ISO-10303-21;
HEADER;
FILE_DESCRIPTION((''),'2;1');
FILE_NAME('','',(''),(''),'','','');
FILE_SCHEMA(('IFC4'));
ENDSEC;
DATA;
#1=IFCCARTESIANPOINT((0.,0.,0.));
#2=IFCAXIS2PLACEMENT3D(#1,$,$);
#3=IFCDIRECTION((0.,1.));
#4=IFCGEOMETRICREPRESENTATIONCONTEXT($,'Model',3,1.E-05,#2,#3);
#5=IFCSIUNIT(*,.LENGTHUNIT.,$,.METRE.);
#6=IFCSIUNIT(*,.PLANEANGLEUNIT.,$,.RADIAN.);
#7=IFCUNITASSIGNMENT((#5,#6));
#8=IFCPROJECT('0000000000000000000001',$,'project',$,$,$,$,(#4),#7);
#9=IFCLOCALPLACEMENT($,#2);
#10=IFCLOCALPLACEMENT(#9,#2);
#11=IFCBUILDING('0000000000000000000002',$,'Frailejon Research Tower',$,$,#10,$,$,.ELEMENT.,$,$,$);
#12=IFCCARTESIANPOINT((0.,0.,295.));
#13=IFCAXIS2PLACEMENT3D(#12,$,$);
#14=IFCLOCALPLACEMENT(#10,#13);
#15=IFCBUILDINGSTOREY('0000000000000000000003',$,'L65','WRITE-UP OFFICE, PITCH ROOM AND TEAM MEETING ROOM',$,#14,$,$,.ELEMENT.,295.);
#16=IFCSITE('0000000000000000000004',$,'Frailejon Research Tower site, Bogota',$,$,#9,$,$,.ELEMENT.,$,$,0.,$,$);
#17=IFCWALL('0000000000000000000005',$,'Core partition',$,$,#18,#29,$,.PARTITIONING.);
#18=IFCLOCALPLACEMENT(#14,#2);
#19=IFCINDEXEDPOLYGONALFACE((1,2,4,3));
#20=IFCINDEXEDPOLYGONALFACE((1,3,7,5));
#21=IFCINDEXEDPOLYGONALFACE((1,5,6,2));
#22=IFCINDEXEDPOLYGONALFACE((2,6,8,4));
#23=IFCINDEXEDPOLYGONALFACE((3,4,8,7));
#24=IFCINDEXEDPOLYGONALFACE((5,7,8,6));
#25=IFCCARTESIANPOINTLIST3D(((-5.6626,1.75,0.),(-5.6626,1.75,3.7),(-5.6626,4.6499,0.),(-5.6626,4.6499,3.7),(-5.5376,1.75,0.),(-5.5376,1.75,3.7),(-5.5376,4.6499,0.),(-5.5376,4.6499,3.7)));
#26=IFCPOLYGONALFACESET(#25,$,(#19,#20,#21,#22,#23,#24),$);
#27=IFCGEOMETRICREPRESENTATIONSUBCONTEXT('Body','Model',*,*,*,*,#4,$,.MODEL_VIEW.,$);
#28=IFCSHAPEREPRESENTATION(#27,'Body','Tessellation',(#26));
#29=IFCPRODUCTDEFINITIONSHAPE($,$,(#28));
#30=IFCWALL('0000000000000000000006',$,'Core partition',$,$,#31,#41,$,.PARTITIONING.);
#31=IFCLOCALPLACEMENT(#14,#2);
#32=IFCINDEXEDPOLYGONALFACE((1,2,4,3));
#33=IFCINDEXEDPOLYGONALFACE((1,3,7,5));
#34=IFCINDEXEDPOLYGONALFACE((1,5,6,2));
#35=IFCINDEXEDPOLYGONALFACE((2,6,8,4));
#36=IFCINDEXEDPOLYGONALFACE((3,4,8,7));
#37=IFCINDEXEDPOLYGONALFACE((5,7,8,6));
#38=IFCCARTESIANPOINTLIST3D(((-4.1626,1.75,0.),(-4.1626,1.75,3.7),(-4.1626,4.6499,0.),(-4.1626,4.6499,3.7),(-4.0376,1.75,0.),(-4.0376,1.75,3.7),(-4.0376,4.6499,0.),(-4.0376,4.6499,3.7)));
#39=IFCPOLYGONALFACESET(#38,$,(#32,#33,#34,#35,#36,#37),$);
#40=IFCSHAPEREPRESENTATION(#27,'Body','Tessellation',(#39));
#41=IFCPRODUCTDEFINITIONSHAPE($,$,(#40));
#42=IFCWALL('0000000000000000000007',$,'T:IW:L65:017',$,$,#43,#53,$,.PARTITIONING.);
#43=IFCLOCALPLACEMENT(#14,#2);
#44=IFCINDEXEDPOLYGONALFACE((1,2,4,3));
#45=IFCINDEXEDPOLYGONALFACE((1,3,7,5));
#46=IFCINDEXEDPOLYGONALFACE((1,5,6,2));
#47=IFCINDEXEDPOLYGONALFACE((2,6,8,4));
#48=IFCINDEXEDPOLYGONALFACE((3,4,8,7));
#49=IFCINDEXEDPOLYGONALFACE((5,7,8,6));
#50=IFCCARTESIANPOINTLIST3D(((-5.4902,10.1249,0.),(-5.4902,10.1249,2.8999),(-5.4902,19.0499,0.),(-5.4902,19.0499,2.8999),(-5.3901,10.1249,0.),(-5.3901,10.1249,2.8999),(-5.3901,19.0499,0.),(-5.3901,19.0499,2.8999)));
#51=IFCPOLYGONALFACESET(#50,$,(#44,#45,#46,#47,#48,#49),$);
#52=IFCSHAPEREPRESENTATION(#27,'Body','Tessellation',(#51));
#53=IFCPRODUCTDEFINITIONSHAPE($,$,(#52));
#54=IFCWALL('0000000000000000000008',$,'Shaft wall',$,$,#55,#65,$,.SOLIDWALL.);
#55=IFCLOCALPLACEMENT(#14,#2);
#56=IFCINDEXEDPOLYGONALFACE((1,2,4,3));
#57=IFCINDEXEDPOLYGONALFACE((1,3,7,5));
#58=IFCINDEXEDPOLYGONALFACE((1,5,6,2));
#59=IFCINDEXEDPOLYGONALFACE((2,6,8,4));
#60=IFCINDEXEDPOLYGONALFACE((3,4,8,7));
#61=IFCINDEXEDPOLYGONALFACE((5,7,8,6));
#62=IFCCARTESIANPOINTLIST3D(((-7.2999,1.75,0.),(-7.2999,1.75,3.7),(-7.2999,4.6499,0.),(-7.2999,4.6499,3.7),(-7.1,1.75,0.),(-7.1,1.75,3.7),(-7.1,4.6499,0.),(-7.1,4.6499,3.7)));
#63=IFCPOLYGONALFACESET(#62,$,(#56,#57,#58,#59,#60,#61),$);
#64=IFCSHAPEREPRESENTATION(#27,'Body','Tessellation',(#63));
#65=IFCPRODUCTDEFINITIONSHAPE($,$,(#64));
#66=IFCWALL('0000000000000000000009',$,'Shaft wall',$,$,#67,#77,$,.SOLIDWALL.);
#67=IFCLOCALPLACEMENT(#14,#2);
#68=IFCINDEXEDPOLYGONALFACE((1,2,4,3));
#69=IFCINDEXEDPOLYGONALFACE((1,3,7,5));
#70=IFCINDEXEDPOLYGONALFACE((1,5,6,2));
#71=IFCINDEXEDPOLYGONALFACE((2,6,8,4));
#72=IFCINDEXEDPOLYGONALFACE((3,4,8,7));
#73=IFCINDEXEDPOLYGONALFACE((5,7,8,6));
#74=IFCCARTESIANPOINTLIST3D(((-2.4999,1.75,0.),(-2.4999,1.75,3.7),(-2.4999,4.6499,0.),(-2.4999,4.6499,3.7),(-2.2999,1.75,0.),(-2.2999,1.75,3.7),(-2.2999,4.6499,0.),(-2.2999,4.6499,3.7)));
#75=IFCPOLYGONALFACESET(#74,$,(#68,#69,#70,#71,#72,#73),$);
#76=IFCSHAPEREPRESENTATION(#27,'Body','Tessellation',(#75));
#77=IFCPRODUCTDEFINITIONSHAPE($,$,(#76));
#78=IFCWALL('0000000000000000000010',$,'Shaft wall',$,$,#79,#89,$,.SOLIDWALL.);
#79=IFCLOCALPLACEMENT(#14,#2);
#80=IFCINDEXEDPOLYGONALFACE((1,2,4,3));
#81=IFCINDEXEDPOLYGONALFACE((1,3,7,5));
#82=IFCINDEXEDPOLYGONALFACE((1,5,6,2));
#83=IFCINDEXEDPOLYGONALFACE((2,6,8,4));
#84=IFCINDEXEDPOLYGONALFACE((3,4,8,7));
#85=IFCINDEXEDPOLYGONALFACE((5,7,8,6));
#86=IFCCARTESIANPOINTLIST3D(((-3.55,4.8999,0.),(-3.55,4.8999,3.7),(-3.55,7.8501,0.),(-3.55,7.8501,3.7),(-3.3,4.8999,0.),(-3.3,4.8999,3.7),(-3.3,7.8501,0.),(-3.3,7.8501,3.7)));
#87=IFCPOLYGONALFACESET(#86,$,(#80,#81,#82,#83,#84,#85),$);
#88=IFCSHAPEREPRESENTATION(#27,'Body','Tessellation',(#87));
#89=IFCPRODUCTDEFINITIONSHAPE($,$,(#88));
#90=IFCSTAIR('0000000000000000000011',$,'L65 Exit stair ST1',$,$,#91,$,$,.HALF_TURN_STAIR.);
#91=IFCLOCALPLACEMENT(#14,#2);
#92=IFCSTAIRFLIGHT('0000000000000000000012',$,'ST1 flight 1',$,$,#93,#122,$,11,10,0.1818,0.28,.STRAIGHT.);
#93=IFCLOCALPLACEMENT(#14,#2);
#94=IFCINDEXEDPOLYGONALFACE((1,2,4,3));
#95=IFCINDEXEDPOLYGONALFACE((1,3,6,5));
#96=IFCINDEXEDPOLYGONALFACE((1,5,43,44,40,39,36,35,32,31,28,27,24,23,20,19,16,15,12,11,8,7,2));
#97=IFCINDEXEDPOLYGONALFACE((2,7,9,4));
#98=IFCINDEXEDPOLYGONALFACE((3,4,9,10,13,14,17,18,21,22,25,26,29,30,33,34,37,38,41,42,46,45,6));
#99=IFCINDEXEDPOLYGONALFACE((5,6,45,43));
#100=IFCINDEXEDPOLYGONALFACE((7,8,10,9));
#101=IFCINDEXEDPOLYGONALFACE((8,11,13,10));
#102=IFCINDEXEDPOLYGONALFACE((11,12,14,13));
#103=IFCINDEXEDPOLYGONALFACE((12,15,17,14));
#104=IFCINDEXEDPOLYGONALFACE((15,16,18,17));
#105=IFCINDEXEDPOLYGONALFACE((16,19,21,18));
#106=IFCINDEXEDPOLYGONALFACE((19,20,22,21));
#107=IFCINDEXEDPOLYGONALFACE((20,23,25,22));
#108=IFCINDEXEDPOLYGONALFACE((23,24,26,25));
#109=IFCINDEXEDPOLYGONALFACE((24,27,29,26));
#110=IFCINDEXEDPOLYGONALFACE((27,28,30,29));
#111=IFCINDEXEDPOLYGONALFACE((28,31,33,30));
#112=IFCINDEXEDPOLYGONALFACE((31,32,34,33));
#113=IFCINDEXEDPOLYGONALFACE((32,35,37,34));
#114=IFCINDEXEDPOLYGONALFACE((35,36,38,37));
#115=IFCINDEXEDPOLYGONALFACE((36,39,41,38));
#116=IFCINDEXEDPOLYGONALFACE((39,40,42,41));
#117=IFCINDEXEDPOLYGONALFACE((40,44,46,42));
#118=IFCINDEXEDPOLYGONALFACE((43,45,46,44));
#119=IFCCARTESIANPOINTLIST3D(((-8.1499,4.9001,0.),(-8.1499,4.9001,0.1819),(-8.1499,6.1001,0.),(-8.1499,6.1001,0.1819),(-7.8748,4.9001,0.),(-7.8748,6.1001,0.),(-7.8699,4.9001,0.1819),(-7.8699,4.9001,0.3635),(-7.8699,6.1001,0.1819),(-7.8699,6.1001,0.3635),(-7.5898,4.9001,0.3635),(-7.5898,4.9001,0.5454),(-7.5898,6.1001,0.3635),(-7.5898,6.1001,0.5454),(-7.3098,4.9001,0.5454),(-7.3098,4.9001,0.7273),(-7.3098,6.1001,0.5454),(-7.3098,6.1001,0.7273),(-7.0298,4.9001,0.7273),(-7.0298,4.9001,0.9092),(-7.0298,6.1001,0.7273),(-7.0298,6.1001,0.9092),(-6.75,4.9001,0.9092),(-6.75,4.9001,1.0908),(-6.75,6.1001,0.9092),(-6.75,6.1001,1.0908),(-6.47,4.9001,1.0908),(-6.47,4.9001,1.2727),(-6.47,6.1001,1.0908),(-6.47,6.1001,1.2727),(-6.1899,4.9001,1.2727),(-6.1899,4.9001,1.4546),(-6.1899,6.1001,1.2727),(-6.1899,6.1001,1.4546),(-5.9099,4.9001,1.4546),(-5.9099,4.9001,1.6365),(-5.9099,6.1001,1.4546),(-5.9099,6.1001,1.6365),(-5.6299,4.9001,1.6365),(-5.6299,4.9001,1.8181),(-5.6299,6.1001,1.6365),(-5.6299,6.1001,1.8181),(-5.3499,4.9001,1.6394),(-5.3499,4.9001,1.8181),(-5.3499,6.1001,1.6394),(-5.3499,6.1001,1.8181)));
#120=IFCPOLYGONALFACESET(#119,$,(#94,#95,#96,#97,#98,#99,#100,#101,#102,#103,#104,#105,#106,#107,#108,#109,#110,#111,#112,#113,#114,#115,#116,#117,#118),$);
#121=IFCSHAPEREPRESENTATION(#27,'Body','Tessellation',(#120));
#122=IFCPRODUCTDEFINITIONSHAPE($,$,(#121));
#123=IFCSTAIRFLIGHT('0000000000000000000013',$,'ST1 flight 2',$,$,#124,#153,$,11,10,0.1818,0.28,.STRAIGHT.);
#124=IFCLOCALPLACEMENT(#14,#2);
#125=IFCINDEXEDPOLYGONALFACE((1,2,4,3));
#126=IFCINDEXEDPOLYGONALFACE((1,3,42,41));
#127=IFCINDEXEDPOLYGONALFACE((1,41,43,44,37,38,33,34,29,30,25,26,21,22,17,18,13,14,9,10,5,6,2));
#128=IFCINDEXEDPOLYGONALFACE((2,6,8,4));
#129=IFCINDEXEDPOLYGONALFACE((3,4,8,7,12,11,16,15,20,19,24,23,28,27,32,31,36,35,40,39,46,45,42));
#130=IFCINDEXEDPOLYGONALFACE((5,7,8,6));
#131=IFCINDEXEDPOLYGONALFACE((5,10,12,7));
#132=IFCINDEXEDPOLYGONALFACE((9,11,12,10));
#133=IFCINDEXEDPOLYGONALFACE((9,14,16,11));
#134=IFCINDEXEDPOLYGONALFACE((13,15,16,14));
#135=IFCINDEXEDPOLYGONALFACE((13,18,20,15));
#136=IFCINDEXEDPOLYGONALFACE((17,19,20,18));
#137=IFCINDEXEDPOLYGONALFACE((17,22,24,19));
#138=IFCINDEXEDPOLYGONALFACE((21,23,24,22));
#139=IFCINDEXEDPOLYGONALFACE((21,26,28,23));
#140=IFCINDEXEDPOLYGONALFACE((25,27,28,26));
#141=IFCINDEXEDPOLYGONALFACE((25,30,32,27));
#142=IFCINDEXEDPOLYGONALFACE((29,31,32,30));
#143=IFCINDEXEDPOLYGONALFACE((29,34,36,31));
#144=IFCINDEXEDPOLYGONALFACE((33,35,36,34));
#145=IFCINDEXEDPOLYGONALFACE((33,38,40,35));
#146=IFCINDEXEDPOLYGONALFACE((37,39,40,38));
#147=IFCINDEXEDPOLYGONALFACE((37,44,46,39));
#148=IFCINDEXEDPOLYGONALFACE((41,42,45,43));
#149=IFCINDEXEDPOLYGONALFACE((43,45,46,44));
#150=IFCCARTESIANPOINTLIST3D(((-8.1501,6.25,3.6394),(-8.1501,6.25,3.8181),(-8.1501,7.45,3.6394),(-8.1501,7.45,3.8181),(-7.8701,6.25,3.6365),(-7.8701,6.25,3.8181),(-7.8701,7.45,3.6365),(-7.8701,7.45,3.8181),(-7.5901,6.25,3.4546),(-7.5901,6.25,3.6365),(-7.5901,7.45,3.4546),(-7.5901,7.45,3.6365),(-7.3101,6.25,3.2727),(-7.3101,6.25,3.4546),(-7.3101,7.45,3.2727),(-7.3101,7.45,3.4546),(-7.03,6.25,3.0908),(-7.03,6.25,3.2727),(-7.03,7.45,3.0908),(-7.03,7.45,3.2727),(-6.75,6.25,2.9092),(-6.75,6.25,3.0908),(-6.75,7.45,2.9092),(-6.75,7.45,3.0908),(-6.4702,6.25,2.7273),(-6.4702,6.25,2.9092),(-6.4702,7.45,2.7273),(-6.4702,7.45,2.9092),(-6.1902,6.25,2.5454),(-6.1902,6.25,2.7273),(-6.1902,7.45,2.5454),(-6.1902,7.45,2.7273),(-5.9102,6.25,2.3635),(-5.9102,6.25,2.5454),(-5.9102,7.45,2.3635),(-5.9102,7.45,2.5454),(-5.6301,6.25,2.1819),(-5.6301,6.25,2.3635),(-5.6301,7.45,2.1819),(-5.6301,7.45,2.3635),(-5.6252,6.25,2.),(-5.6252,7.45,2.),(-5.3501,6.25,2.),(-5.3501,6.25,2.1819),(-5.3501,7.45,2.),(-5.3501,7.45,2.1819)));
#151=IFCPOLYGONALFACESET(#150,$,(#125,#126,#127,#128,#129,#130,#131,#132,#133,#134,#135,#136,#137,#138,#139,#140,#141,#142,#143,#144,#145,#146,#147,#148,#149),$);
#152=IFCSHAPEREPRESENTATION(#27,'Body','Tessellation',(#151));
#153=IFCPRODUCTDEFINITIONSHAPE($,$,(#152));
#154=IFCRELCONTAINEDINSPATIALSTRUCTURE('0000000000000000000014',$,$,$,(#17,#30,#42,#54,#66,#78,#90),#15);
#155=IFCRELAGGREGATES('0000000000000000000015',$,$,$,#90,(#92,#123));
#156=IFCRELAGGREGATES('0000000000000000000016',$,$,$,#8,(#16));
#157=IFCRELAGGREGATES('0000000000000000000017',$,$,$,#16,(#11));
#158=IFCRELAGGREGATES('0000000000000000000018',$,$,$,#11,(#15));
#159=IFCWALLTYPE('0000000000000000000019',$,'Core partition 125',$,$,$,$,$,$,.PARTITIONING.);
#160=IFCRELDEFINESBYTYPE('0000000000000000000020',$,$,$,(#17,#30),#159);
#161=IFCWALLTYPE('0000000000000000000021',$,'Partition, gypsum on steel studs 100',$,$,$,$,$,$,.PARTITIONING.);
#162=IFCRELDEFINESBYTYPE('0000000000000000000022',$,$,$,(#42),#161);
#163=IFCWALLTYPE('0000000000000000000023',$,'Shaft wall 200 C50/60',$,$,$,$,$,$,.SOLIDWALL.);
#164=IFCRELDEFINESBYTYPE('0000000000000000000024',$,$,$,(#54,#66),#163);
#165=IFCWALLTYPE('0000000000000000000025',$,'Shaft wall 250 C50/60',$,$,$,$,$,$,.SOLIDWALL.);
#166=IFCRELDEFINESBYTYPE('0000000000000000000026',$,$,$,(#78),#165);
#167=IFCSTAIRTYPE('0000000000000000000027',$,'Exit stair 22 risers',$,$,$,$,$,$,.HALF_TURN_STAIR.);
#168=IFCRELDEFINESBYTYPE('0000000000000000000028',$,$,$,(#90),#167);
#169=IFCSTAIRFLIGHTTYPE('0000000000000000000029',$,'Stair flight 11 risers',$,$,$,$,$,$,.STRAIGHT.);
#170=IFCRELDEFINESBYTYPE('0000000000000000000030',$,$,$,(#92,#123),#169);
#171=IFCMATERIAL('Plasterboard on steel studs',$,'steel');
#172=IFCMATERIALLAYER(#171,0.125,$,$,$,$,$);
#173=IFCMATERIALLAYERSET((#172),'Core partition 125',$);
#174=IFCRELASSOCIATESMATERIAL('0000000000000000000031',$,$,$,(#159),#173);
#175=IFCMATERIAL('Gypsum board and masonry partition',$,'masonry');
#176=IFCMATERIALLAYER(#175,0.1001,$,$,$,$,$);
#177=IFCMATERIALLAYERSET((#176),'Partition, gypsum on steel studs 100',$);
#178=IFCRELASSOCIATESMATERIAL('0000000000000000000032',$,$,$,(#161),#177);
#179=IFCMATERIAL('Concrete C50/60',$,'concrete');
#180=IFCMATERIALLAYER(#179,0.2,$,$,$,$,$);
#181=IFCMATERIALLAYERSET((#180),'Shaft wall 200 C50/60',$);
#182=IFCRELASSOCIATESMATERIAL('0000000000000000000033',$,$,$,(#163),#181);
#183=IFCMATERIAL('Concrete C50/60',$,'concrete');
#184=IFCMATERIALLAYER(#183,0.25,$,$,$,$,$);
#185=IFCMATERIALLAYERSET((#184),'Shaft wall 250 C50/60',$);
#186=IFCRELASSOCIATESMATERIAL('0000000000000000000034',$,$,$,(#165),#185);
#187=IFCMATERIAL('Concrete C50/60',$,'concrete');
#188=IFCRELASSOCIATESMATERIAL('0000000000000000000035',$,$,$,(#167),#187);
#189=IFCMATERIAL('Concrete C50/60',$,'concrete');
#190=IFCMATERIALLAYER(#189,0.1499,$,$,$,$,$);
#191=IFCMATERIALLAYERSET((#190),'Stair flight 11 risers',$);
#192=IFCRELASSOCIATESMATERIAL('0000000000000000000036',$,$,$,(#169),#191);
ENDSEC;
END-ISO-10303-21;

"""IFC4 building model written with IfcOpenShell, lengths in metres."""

from ifc_helpers import new_model, si_unit, direction, frame, frame_2d, origin, place, context, subcontext, project, spatial, polyline, rectangle, outline, extrude, material, layer, layer_set, type_object, element, aggregate, save


model = new_model("IFC4")

# Units and contexts
model_context = context("Model", 3, precision=1e-05, world=origin(), true_north=direction((0.0, 1.0)))
body_context = subcontext(model_context, "Body", "Model", "MODEL_VIEW")
ifc_project = project(units=[si_unit("LENGTHUNIT", "METRE"), si_unit("PLANEANGLEUNIT", "RADIAN")], contexts=[model_context])

# Site, building, storey
site_placement = place(None, origin())
site = spatial("IfcSite", under=ifc_project, at=site_placement, Name="Frailejon Research Tower site, Bogota", CompositionType="ELEMENT", RefElevation=0.0)
building_placement = place(site_placement, origin())
building = spatial("IfcBuilding", under=site, at=building_placement, Name="Frailejon Research Tower", CompositionType="ELEMENT")
storey_placement = place(building_placement, frame((0.0, 0.0, 295.0)))
storey = spatial("IfcBuildingStorey", under=building, at=storey_placement, Name="L65", Description="WRITE-UP OFFICE, PITCH ROOM AND TEAM MEETING ROOM", CompositionType="ELEMENT", Elevation=295.0)

# Walls
ifc_material_1 = material(Name="Plasterboard on steel studs", Category="steel")
ifc_layer_1 = layer(ifc_material_1, 0.125)
ifc_layer_set_1 = layer_set([ifc_layer_1], Name="Core partition 125")
wall_type_1 = type_object("IfcWallType", Name="Core partition 125", PredefinedType="PARTITIONING", material=ifc_layer_set_1)
for number, where, z_axis, x_axis, name in (
    (1, (-5.6001, 1.75, 0.0), (0.0, 0.0, 1.0), (0.0, 1.0, 0.0), "Core partition"),
    (2, (-4.1001, 1.75, 0.0), (0.0, 0.0, 1.0), (0.0, 1.0, 0.0), "Core partition"),
):
    element("IfcWall", number, at=place(storey_placement, frame(where, z_axis=z_axis, x_axis=x_axis)), inside=storey, type_object=wall_type_1, Name=name, PredefinedType="PARTITIONING", context=body_context, shape_type="SweptSolid", body=[
        extrude(rectangle(XDim=2.8999, YDim=0.125, at=frame_2d((1.45, 0.0))), origin(), (0.0, 0.0, 1.0), 3.7),
    ])
ifc_material_2 = material(Name="Gypsum board and masonry partition", Category="masonry")
ifc_layer_2 = layer(ifc_material_2, 0.1001)
ifc_layer_set_2 = layer_set([ifc_layer_2], Name="Partition, gypsum on steel studs 100")
wall_type_2 = type_object("IfcWallType", Name="Partition, gypsum on steel studs 100", PredefinedType="PARTITIONING", material=ifc_layer_set_2)
wall_1_placement = place(storey_placement, frame((-5.4402, 10.125, 0.0), z_axis=(0.0, 0.0, 1.0), x_axis=(0.0, 1.0, 0.0)))
element("IfcWall", 3, at=wall_1_placement, inside=storey, type_object=wall_type_2, Name="T:IW:L65:017", PredefinedType="PARTITIONING", context=body_context, shape_type="SweptSolid", body=[
    extrude(rectangle(XDim=8.925, YDim=0.1001, at=frame_2d((4.4624, 0.0))), origin(), (0.0, 0.0, 1.0), 2.8999),
])
ifc_material_3 = material(Name="Concrete C50/60", Category="concrete")
ifc_layer_3 = layer(ifc_material_3, 0.2)
ifc_layer_set_3 = layer_set([ifc_layer_3], Name="Shaft wall 200 C50/60")
wall_type_3 = type_object("IfcWallType", Name="Shaft wall 200 C50/60", PredefinedType="SOLIDWALL", material=ifc_layer_set_3)
for number, where, z_axis, x_axis, name in (
    (4, (-7.2, 1.75, 0.0), (0.0, 0.0, 1.0), (0.0, 1.0, 0.0), "Shaft wall"),
    (5, (-2.3999, 1.75, 0.0), (0.0, 0.0, 1.0), (0.0, 1.0, 0.0), "Shaft wall"),
):
    element("IfcWall", number, at=place(storey_placement, frame(where, z_axis=z_axis, x_axis=x_axis)), inside=storey, type_object=wall_type_3, Name=name, PredefinedType="SOLIDWALL", context=body_context, shape_type="SweptSolid", body=[
        extrude(rectangle(XDim=2.8999, YDim=0.2, at=frame_2d((1.45, 0.0))), origin(), (0.0, 0.0, 1.0), 3.7),
    ])
ifc_material_4 = material(Name="Concrete C50/60", Category="concrete")
ifc_layer_4 = layer(ifc_material_4, 0.25)
ifc_layer_set_4 = layer_set([ifc_layer_4], Name="Shaft wall 250 C50/60")
wall_type_4 = type_object("IfcWallType", Name="Shaft wall 250 C50/60", PredefinedType="SOLIDWALL", material=ifc_layer_set_4)
wall_2_placement = place(storey_placement, frame((-3.425, 4.8999, 0.0), z_axis=(0.0, 0.0, 1.0), x_axis=(0.0, 1.0, 0.0)))
element("IfcWall", 6, at=wall_2_placement, inside=storey, type_object=wall_type_4, Name="Shaft wall", PredefinedType="SOLIDWALL", context=body_context, shape_type="SweptSolid", body=[
    extrude(rectangle(XDim=2.9502, YDim=0.25, at=frame_2d((1.4751, 0.0))), origin(), (0.0, 0.0, 1.0), 3.7),
])

# Stair, stair flights
ifc_material_5 = material(Name="Concrete C50/60", Category="concrete")
stair_type = type_object("IfcStairType", Name="Exit stair 22 risers", PredefinedType="HALF_TURN_STAIR", material=ifc_material_5)
stair_placement = place(storey_placement, origin())
stair = element("IfcStair", 7, at=stair_placement, inside=storey, type_object=stair_type, Name="L65 Exit stair ST1", PredefinedType="HALF_TURN_STAIR")
ifc_material_6 = material(Name="Concrete C50/60", Category="concrete")
ifc_layer_5 = layer(ifc_material_6, 0.1499)
ifc_layer_set_5 = layer_set([ifc_layer_5], Name="Stair flight 11 risers")
stair_flight_type = type_object("IfcStairFlightType", Name="Stair flight 11 risers", PredefinedType="STRAIGHT", material=ifc_layer_set_5)
stair_flight_1_placement = place(storey_placement, frame((-8.1499, 5.5, 0.0), z_axis=(0.0, 0.0, 1.0), x_axis=(1.0, 0.0, 0.0)))
stair_flight_1 = element("IfcStairFlight", 8, at=stair_flight_1_placement, type_object=stair_flight_type, Name="ST1 flight 1", NumberOfRisers=11, NumberOfTreads=10, PredefinedType="STRAIGHT", RiserHeight=0.1818, TreadLength=0.28, context=body_context, shape_type="SweptSolid", body=[
    extrude(outline(polyline([(0.0, 0.0), (0.0, 0.1819), (0.28, 0.1819), (0.28, 0.3635), (0.5601, 0.3635), (0.5601, 0.5454), (0.8401, 0.5454), (0.8401, 0.7273), (1.1201, 0.7273), (1.1201, 0.9092), (1.3999, 0.9092), (1.3999, 1.0908), (1.6799, 1.0908), (1.6799, 1.2727), (1.96, 1.2727), (1.96, 1.4546), (2.24, 1.4546), (2.24, 1.6365), (2.52, 1.6365), (2.52, 1.8181), (2.8, 1.8181), (2.8, 2.0), (2.8, 1.6394), (0.2751, 0.0), (0.0, 0.0)])), frame((0.0, 0.6001, 0.0), z_axis=(0.0, -1.0, 0.0), x_axis=(1.0, 0.0, 0.0)), (0.0, 0.0, 1.0), 1.2),
])
stair_flight_2_placement = place(storey_placement, frame((-5.3501, 6.8501, 2.0), z_axis=(0.0, 0.0, 1.0), x_axis=(-1.0, 0.0, 0.0)))
stair_flight_2 = element("IfcStairFlight", 9, at=stair_flight_2_placement, type_object=stair_flight_type, Name="ST1 flight 2", NumberOfRisers=11, NumberOfTreads=10, PredefinedType="STRAIGHT", RiserHeight=0.1818, TreadLength=0.28, context=body_context, shape_type="SweptSolid", body=[
    extrude(outline(polyline([(0.0, 0.0), (0.0, 0.1819), (0.28, 0.1819), (0.28, 0.3635), (0.5601, 0.3635), (0.5601, 0.5454), (0.8401, 0.5454), (0.8401, 0.7273), (1.1201, 0.7273), (1.1201, 0.9092), (1.3999, 0.9092), (1.3999, 1.0908), (1.6799, 1.0908), (1.6799, 1.2727), (1.96, 1.2727), (1.96, 1.4546), (2.24, 1.4546), (2.24, 1.6365), (2.52, 1.6365), (2.52, 1.8181), (2.8, 1.8181), (2.8, 2.0), (2.8, 1.6394), (0.2751, 0.0), (0.0, 0.0)])), frame((0.0, 0.6001, 0.0), z_axis=(0.0, -1.0, 0.0), x_axis=(1.0, 0.0, 0.0)), (0.0, 0.0, 1.0), 1.2),
])
aggregate(stair, [stair_flight_1, stair_flight_2])

save(model, "model.ifc")
